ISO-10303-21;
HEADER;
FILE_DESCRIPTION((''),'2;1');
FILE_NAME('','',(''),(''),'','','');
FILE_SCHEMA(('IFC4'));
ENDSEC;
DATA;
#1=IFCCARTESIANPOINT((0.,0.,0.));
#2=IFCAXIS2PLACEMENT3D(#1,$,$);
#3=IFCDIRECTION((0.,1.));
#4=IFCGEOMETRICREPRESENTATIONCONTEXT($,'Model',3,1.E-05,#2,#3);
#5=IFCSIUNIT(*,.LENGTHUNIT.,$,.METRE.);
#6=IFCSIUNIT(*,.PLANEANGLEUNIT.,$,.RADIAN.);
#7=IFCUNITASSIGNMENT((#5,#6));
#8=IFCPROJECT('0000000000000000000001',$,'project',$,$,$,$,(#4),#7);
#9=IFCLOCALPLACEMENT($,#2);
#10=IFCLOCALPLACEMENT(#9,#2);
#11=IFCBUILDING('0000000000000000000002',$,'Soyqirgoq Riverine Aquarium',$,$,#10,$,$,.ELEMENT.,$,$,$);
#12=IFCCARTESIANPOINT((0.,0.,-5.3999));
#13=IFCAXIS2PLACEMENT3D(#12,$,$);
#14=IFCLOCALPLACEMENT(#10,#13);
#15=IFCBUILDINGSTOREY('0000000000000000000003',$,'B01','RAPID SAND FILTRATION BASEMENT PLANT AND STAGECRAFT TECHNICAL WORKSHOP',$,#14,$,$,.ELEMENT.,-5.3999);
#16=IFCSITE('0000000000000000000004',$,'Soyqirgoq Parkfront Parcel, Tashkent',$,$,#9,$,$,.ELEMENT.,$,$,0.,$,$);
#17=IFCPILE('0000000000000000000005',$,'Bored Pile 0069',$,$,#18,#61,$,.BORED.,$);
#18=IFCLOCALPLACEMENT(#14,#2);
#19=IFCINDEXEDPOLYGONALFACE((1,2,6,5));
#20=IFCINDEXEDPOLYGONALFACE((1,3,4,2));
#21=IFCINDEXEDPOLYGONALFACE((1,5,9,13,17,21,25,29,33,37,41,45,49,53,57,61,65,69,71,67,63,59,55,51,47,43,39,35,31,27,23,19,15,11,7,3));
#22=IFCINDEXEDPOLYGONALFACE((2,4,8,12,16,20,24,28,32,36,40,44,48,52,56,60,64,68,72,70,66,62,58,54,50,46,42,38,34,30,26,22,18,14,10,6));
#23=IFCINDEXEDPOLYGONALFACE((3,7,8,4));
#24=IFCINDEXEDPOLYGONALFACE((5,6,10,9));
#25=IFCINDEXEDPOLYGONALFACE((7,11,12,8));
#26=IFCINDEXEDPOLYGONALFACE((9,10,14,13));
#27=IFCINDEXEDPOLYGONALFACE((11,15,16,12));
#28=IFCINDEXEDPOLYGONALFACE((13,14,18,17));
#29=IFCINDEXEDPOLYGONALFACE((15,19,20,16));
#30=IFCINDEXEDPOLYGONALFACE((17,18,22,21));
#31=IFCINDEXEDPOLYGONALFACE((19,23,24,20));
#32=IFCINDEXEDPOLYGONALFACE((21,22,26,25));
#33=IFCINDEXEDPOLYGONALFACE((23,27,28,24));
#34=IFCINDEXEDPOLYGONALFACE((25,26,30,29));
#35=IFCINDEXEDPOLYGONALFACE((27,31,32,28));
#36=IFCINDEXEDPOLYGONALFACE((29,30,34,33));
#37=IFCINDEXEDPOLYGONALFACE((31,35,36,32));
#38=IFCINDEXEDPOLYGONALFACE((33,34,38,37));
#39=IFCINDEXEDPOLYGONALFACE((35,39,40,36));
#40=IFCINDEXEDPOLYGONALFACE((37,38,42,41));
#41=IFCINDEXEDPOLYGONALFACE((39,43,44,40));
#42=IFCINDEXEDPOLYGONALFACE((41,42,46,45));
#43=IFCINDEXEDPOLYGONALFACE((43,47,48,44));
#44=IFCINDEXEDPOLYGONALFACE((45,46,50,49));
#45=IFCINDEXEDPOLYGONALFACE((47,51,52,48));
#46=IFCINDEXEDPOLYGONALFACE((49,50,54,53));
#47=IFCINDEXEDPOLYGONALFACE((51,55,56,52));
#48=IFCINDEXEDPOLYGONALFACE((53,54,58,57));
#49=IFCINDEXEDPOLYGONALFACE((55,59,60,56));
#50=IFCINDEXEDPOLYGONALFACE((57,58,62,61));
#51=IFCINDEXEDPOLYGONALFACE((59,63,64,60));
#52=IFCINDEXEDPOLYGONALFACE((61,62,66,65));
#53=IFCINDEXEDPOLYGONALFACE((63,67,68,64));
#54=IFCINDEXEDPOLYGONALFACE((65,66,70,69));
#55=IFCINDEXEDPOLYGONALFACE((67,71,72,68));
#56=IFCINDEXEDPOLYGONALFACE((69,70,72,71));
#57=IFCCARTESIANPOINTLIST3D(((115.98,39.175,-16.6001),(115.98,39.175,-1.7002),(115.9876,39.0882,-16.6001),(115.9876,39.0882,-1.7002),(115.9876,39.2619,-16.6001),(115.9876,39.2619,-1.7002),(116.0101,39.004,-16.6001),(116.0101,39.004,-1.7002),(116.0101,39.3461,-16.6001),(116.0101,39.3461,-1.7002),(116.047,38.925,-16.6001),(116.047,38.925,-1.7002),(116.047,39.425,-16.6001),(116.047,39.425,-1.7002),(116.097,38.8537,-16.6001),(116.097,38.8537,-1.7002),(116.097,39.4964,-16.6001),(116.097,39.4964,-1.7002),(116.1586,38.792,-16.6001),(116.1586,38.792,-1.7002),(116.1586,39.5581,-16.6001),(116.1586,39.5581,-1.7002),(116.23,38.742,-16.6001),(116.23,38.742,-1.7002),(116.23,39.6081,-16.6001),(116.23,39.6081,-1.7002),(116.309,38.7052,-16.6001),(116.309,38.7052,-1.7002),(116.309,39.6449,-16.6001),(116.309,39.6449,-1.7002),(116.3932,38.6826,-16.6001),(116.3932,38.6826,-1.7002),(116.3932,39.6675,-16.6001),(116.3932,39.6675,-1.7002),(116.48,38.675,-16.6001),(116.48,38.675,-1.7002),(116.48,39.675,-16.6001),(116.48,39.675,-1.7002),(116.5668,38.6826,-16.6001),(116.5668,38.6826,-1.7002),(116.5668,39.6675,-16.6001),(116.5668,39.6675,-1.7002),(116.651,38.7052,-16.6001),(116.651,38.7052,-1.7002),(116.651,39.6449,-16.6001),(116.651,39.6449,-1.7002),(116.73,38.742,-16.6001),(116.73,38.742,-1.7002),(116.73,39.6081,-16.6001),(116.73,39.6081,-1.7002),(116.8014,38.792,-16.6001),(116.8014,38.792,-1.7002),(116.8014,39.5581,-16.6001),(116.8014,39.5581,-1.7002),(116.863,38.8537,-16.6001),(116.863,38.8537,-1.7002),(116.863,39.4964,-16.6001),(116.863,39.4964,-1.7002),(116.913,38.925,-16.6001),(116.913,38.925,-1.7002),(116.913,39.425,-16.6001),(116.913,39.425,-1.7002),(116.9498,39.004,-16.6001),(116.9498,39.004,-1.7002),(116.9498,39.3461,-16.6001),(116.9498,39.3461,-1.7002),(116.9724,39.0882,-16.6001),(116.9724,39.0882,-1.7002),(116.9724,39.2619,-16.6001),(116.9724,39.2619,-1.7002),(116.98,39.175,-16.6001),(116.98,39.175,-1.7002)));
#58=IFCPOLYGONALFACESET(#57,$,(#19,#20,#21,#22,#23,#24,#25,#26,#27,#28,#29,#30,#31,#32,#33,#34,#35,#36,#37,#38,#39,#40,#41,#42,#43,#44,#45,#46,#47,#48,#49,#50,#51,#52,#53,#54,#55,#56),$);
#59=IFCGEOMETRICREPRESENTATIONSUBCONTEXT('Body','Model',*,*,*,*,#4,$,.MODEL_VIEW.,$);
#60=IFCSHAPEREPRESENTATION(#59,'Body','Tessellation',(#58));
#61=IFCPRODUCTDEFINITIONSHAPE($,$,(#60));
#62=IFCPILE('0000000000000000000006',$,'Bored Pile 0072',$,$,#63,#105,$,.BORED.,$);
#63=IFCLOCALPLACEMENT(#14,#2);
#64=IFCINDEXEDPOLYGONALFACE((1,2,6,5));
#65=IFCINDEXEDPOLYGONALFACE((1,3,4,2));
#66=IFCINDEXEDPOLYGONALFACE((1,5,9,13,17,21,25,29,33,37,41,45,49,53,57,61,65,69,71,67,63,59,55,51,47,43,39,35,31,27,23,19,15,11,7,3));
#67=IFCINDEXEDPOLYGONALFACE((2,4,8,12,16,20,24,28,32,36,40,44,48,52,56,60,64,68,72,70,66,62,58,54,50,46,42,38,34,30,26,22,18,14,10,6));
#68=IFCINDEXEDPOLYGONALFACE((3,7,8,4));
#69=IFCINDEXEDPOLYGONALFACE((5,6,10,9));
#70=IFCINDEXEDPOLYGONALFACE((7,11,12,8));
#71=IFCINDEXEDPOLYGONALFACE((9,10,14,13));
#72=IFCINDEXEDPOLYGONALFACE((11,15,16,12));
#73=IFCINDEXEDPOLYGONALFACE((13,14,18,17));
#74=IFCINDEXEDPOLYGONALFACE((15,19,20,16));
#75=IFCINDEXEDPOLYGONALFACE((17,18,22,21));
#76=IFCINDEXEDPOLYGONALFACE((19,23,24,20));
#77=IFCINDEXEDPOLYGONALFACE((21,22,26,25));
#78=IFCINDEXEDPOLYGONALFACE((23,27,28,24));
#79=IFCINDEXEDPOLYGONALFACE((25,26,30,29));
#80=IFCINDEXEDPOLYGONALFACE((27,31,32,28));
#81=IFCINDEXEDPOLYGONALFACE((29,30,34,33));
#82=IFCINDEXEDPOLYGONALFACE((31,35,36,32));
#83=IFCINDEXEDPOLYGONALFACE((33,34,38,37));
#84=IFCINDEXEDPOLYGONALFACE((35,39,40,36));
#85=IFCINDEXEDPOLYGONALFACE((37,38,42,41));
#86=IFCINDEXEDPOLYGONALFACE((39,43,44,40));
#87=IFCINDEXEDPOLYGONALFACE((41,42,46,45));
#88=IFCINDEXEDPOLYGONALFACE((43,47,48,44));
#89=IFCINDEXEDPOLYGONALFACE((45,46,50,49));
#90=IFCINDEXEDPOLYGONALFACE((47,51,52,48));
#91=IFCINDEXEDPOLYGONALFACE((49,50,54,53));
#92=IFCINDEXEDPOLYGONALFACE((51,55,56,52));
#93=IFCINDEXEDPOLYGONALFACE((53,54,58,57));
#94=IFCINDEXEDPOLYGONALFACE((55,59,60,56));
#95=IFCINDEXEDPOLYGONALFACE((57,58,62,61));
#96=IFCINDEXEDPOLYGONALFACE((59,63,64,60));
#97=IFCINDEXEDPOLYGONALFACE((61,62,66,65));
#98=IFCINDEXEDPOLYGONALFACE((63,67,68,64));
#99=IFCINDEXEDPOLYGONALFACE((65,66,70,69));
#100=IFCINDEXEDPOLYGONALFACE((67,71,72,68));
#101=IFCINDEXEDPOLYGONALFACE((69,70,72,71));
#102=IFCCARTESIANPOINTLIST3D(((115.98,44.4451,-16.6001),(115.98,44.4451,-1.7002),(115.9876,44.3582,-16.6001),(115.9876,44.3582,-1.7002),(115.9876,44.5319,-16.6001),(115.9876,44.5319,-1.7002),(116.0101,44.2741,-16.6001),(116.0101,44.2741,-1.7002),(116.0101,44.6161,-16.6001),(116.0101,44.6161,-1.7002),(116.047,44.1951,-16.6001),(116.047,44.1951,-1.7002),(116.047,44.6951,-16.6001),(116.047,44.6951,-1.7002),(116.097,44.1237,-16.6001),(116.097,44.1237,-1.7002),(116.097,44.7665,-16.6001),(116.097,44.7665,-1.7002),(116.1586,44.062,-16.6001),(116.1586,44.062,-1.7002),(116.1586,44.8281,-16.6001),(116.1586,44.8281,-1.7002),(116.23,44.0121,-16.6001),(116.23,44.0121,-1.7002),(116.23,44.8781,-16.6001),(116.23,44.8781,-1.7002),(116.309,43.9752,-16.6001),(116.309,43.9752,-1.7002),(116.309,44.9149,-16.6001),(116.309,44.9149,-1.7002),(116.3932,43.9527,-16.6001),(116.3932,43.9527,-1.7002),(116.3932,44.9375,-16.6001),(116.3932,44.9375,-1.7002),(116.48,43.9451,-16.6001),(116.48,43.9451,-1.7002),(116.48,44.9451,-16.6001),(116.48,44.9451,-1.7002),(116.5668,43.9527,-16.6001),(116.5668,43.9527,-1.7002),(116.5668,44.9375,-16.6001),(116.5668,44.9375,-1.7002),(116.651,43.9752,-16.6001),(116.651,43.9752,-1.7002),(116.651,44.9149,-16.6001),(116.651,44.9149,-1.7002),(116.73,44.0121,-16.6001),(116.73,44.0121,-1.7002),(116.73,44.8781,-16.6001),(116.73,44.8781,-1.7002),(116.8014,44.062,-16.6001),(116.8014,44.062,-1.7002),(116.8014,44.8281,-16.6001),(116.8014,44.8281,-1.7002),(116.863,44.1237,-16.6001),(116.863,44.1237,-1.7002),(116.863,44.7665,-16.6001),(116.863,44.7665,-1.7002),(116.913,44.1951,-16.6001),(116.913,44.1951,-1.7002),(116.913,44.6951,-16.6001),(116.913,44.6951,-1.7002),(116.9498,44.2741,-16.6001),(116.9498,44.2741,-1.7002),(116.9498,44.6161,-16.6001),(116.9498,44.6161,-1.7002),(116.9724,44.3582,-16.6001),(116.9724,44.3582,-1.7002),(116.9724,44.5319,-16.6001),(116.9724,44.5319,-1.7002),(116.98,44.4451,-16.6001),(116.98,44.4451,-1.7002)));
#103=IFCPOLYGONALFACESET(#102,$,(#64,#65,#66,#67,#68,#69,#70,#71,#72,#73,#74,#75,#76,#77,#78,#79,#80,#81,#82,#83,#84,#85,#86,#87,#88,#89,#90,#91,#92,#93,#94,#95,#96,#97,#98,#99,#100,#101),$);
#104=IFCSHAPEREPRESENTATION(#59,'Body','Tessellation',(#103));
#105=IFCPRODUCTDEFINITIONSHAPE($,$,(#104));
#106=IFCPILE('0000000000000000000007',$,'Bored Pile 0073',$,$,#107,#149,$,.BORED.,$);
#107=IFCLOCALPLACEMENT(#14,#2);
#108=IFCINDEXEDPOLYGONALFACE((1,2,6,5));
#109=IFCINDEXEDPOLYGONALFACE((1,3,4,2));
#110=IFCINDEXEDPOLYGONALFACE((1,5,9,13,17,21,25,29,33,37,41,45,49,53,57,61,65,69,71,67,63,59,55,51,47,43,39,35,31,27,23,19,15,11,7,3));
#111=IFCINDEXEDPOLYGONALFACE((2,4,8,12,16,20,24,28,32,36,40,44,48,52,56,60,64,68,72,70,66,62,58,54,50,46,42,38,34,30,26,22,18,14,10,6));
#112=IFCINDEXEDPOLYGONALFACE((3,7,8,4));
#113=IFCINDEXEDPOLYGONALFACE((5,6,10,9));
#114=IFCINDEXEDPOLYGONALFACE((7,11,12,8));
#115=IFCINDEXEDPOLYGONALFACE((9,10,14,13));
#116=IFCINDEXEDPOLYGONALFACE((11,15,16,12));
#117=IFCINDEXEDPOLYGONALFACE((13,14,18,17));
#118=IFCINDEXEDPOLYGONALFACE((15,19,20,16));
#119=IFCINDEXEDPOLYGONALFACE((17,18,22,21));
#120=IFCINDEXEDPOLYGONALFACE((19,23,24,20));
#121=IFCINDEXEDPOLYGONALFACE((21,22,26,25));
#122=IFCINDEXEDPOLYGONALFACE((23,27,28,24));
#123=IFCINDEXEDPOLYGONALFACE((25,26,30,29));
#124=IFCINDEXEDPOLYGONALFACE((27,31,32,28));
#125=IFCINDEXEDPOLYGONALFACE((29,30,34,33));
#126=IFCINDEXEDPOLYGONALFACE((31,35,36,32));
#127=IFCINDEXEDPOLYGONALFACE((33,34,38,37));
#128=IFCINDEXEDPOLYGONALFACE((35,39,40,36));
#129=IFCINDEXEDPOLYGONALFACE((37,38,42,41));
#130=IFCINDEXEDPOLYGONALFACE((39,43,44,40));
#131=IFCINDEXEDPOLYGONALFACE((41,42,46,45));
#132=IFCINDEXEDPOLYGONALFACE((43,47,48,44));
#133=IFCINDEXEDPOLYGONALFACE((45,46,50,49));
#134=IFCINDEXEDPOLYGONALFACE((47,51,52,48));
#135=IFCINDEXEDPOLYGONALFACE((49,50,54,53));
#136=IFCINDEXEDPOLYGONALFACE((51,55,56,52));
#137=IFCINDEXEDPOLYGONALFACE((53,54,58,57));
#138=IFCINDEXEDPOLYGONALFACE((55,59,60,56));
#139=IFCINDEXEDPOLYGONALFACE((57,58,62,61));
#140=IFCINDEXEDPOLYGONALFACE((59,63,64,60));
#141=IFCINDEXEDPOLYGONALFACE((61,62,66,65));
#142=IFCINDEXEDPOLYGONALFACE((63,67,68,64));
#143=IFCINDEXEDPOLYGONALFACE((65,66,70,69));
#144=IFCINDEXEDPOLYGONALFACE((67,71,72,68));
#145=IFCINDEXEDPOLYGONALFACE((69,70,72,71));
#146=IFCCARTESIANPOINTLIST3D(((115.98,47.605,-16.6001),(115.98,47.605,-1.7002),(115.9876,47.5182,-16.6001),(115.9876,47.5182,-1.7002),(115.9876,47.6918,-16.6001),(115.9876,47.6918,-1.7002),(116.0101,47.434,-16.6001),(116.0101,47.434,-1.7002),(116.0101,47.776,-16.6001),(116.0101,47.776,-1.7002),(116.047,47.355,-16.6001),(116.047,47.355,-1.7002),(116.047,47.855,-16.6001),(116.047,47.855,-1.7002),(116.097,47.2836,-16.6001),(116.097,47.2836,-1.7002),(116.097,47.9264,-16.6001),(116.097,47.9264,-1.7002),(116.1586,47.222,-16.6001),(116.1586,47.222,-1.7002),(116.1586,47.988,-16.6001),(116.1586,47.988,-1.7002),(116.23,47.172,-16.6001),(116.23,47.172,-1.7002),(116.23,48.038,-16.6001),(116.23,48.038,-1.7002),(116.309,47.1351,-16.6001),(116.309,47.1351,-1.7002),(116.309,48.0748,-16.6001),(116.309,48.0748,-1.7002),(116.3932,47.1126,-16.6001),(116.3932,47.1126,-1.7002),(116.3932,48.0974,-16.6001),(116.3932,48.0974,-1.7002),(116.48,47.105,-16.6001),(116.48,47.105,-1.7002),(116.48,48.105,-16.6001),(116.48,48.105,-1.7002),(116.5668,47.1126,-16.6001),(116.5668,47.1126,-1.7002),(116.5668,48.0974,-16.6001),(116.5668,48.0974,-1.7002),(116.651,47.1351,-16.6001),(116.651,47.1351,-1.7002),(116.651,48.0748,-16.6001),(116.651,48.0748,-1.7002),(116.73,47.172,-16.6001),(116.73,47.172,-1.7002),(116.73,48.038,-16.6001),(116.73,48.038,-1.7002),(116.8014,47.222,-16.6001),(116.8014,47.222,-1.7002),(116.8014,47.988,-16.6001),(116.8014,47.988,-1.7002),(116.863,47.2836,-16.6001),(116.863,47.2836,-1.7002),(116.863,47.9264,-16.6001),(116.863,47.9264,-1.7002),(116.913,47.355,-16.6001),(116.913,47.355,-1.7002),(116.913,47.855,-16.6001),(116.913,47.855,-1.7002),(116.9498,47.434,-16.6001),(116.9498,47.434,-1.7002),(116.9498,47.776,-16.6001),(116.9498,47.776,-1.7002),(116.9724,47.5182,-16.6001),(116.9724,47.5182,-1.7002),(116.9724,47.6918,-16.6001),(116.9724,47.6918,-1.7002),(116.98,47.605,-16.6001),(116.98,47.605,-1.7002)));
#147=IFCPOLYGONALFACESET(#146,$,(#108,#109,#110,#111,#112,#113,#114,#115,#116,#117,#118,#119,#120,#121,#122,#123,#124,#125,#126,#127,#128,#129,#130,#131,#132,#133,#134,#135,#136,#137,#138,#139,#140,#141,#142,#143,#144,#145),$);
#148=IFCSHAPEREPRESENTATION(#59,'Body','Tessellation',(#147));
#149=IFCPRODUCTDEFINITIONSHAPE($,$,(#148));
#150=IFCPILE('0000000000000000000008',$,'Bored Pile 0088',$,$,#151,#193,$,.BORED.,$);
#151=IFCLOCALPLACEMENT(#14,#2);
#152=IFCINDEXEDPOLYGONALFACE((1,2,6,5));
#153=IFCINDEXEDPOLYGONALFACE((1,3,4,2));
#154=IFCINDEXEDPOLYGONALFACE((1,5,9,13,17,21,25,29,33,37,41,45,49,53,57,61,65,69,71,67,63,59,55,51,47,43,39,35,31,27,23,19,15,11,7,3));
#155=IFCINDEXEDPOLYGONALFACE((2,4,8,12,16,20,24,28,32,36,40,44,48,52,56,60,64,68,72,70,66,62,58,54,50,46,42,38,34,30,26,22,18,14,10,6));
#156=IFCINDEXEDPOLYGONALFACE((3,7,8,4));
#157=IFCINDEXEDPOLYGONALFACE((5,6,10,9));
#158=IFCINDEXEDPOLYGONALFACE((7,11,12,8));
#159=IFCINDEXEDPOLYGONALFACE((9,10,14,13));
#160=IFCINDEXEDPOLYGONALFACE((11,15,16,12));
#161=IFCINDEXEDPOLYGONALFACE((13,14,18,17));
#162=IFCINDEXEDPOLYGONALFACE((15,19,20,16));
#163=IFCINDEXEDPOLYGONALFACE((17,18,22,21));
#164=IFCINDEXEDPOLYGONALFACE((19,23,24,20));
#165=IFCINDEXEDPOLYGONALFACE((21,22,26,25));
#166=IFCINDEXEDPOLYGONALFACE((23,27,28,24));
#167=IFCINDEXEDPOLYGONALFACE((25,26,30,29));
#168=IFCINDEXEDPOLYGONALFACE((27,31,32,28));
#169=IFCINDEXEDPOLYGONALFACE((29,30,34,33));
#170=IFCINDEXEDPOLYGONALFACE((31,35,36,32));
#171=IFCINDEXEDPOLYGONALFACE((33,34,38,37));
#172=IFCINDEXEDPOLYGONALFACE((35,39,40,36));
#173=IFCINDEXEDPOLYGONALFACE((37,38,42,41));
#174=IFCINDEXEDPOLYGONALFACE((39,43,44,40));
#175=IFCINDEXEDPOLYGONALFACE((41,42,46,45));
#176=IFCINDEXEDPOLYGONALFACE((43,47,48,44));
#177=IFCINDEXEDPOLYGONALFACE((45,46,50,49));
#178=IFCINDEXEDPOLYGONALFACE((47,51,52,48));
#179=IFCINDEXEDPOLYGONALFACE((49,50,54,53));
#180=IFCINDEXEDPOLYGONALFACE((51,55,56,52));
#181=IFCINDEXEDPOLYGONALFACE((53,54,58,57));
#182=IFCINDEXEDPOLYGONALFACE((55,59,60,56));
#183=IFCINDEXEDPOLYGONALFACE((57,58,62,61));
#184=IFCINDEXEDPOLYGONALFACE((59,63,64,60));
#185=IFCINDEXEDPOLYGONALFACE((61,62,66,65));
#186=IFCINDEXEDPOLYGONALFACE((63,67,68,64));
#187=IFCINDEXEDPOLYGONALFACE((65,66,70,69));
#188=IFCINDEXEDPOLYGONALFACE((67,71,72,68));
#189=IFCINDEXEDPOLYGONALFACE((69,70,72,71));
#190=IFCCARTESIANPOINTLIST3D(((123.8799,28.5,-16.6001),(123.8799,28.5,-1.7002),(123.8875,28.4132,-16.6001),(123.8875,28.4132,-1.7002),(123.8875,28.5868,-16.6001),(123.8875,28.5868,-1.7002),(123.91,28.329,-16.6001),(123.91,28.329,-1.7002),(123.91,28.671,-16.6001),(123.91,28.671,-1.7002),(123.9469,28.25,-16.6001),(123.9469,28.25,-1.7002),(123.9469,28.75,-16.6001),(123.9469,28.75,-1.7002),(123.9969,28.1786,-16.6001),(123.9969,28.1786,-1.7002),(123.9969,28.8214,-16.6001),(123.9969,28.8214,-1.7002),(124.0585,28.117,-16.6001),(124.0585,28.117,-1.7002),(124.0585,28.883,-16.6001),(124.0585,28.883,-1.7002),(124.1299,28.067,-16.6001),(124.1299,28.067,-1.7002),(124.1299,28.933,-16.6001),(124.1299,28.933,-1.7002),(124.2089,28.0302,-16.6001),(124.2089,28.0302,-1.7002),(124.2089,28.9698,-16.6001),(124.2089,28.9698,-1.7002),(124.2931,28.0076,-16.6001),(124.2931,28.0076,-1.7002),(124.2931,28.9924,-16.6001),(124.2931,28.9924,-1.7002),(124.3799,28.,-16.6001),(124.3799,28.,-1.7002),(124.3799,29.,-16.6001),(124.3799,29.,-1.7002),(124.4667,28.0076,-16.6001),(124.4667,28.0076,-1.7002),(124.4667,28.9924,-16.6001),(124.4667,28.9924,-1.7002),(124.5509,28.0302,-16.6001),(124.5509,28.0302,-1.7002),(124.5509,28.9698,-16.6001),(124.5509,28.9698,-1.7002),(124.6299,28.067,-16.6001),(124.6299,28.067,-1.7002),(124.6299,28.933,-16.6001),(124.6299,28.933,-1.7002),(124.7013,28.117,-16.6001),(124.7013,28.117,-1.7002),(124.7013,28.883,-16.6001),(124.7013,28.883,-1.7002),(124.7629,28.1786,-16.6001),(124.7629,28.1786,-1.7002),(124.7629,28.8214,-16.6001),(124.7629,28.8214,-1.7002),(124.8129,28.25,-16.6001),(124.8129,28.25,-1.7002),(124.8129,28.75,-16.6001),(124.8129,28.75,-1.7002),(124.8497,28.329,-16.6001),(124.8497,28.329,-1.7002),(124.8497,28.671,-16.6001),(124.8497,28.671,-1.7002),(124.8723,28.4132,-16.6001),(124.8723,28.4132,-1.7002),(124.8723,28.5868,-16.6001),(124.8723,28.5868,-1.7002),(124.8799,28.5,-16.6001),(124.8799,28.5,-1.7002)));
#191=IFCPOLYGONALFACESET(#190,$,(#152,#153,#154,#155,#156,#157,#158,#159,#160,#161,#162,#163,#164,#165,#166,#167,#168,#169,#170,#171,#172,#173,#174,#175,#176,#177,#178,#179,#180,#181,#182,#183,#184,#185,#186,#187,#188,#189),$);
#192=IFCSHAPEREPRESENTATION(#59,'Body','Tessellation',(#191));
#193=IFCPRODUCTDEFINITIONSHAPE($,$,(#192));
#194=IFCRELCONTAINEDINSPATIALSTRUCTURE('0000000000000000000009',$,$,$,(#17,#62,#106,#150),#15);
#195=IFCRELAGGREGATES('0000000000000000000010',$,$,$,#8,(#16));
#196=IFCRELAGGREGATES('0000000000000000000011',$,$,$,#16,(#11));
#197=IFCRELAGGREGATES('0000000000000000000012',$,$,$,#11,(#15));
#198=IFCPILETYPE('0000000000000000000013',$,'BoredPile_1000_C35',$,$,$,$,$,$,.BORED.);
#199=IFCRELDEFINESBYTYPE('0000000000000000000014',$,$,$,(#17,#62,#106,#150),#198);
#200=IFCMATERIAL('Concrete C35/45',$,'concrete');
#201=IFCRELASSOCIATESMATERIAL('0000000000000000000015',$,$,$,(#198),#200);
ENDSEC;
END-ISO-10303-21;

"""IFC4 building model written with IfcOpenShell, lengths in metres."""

from ifc_helpers import new_model, si_unit, direction, frame, origin, origin_2d, place, context, subcontext, project, spatial, circle, extrude, material, material_profile, profile_set, type_object, element, save


model = new_model("IFC4")

# Units and contexts
model_context = context("Model", 3, precision=1e-05, world=origin(), true_north=direction((0.0, 1.0)))
body_context = subcontext(model_context, "Body", "Model", "MODEL_VIEW")
ifc_project = project(units=[si_unit("LENGTHUNIT", "METRE"), si_unit("PLANEANGLEUNIT", "RADIAN")], contexts=[model_context])

# Site, building, storey
site_placement = place(None, origin())
site = spatial("IfcSite", under=ifc_project, at=site_placement, Name="Soyqirgoq Parkfront Parcel, Tashkent", CompositionType="ELEMENT", RefElevation=0.0)
building_placement = place(site_placement, origin())
building = spatial("IfcBuilding", under=site, at=building_placement, Name="Soyqirgoq Riverine Aquarium", CompositionType="ELEMENT")
storey_placement = place(building_placement, frame((0.0, 0.0, -5.3999)))
storey = spatial("IfcBuildingStorey", under=building, at=storey_placement, Name="B01", Description="RAPID SAND FILTRATION BASEMENT PLANT AND STAGECRAFT TECHNICAL WORKSHOP", CompositionType="ELEMENT", Elevation=-5.3999)

# Piles
ifc_material_1 = material(Name="Concrete C35/45", Category="concrete")
ifc_material_profile_1 = material_profile(ifc_material_1, circle(Radius=0.5, at=origin_2d()), Name="BP D1000")
ifc_profile_set_1 = profile_set([ifc_material_profile_1], Name="Concrete C35/45")
pile_type_1 = type_object("IfcPileType", Name="BoredPile_1000_C35", PredefinedType="BORED", material=ifc_profile_set_1)
for number, where, z_axis, x_axis, name in (
    (1, (116.48, 39.175, -1.7002), (0.0, 0.0, -1.0), (1.0, 0.0, 0.0), "Bored Pile 0069"),
    (2, (116.48, 44.4451, -1.7002), (0.0, 0.0, -1.0), (1.0, 0.0, 0.0), "Bored Pile 0072"),
    (3, (116.48, 47.605, -1.7002), (0.0, 0.0, -1.0), (1.0, 0.0, 0.0), "Bored Pile 0073"),
    (4, (124.3799, 28.5, -1.7002), (0.0, 0.0, -1.0), (1.0, 0.0, 0.0), "Bored Pile 0088"),
):
    element("IfcPile", number, at=place(storey_placement, frame(where, z_axis=z_axis, x_axis=x_axis)), inside=storey, type_object=pile_type_1, Name=name, PredefinedType="BORED", context=body_context, shape_type="SweptSolid", body=[
        extrude(circle(Radius=0.5, at=origin_2d()), origin(), (0.0, 0.0, 1.0), 14.8999),
    ])

save(model, "model.ifc")
